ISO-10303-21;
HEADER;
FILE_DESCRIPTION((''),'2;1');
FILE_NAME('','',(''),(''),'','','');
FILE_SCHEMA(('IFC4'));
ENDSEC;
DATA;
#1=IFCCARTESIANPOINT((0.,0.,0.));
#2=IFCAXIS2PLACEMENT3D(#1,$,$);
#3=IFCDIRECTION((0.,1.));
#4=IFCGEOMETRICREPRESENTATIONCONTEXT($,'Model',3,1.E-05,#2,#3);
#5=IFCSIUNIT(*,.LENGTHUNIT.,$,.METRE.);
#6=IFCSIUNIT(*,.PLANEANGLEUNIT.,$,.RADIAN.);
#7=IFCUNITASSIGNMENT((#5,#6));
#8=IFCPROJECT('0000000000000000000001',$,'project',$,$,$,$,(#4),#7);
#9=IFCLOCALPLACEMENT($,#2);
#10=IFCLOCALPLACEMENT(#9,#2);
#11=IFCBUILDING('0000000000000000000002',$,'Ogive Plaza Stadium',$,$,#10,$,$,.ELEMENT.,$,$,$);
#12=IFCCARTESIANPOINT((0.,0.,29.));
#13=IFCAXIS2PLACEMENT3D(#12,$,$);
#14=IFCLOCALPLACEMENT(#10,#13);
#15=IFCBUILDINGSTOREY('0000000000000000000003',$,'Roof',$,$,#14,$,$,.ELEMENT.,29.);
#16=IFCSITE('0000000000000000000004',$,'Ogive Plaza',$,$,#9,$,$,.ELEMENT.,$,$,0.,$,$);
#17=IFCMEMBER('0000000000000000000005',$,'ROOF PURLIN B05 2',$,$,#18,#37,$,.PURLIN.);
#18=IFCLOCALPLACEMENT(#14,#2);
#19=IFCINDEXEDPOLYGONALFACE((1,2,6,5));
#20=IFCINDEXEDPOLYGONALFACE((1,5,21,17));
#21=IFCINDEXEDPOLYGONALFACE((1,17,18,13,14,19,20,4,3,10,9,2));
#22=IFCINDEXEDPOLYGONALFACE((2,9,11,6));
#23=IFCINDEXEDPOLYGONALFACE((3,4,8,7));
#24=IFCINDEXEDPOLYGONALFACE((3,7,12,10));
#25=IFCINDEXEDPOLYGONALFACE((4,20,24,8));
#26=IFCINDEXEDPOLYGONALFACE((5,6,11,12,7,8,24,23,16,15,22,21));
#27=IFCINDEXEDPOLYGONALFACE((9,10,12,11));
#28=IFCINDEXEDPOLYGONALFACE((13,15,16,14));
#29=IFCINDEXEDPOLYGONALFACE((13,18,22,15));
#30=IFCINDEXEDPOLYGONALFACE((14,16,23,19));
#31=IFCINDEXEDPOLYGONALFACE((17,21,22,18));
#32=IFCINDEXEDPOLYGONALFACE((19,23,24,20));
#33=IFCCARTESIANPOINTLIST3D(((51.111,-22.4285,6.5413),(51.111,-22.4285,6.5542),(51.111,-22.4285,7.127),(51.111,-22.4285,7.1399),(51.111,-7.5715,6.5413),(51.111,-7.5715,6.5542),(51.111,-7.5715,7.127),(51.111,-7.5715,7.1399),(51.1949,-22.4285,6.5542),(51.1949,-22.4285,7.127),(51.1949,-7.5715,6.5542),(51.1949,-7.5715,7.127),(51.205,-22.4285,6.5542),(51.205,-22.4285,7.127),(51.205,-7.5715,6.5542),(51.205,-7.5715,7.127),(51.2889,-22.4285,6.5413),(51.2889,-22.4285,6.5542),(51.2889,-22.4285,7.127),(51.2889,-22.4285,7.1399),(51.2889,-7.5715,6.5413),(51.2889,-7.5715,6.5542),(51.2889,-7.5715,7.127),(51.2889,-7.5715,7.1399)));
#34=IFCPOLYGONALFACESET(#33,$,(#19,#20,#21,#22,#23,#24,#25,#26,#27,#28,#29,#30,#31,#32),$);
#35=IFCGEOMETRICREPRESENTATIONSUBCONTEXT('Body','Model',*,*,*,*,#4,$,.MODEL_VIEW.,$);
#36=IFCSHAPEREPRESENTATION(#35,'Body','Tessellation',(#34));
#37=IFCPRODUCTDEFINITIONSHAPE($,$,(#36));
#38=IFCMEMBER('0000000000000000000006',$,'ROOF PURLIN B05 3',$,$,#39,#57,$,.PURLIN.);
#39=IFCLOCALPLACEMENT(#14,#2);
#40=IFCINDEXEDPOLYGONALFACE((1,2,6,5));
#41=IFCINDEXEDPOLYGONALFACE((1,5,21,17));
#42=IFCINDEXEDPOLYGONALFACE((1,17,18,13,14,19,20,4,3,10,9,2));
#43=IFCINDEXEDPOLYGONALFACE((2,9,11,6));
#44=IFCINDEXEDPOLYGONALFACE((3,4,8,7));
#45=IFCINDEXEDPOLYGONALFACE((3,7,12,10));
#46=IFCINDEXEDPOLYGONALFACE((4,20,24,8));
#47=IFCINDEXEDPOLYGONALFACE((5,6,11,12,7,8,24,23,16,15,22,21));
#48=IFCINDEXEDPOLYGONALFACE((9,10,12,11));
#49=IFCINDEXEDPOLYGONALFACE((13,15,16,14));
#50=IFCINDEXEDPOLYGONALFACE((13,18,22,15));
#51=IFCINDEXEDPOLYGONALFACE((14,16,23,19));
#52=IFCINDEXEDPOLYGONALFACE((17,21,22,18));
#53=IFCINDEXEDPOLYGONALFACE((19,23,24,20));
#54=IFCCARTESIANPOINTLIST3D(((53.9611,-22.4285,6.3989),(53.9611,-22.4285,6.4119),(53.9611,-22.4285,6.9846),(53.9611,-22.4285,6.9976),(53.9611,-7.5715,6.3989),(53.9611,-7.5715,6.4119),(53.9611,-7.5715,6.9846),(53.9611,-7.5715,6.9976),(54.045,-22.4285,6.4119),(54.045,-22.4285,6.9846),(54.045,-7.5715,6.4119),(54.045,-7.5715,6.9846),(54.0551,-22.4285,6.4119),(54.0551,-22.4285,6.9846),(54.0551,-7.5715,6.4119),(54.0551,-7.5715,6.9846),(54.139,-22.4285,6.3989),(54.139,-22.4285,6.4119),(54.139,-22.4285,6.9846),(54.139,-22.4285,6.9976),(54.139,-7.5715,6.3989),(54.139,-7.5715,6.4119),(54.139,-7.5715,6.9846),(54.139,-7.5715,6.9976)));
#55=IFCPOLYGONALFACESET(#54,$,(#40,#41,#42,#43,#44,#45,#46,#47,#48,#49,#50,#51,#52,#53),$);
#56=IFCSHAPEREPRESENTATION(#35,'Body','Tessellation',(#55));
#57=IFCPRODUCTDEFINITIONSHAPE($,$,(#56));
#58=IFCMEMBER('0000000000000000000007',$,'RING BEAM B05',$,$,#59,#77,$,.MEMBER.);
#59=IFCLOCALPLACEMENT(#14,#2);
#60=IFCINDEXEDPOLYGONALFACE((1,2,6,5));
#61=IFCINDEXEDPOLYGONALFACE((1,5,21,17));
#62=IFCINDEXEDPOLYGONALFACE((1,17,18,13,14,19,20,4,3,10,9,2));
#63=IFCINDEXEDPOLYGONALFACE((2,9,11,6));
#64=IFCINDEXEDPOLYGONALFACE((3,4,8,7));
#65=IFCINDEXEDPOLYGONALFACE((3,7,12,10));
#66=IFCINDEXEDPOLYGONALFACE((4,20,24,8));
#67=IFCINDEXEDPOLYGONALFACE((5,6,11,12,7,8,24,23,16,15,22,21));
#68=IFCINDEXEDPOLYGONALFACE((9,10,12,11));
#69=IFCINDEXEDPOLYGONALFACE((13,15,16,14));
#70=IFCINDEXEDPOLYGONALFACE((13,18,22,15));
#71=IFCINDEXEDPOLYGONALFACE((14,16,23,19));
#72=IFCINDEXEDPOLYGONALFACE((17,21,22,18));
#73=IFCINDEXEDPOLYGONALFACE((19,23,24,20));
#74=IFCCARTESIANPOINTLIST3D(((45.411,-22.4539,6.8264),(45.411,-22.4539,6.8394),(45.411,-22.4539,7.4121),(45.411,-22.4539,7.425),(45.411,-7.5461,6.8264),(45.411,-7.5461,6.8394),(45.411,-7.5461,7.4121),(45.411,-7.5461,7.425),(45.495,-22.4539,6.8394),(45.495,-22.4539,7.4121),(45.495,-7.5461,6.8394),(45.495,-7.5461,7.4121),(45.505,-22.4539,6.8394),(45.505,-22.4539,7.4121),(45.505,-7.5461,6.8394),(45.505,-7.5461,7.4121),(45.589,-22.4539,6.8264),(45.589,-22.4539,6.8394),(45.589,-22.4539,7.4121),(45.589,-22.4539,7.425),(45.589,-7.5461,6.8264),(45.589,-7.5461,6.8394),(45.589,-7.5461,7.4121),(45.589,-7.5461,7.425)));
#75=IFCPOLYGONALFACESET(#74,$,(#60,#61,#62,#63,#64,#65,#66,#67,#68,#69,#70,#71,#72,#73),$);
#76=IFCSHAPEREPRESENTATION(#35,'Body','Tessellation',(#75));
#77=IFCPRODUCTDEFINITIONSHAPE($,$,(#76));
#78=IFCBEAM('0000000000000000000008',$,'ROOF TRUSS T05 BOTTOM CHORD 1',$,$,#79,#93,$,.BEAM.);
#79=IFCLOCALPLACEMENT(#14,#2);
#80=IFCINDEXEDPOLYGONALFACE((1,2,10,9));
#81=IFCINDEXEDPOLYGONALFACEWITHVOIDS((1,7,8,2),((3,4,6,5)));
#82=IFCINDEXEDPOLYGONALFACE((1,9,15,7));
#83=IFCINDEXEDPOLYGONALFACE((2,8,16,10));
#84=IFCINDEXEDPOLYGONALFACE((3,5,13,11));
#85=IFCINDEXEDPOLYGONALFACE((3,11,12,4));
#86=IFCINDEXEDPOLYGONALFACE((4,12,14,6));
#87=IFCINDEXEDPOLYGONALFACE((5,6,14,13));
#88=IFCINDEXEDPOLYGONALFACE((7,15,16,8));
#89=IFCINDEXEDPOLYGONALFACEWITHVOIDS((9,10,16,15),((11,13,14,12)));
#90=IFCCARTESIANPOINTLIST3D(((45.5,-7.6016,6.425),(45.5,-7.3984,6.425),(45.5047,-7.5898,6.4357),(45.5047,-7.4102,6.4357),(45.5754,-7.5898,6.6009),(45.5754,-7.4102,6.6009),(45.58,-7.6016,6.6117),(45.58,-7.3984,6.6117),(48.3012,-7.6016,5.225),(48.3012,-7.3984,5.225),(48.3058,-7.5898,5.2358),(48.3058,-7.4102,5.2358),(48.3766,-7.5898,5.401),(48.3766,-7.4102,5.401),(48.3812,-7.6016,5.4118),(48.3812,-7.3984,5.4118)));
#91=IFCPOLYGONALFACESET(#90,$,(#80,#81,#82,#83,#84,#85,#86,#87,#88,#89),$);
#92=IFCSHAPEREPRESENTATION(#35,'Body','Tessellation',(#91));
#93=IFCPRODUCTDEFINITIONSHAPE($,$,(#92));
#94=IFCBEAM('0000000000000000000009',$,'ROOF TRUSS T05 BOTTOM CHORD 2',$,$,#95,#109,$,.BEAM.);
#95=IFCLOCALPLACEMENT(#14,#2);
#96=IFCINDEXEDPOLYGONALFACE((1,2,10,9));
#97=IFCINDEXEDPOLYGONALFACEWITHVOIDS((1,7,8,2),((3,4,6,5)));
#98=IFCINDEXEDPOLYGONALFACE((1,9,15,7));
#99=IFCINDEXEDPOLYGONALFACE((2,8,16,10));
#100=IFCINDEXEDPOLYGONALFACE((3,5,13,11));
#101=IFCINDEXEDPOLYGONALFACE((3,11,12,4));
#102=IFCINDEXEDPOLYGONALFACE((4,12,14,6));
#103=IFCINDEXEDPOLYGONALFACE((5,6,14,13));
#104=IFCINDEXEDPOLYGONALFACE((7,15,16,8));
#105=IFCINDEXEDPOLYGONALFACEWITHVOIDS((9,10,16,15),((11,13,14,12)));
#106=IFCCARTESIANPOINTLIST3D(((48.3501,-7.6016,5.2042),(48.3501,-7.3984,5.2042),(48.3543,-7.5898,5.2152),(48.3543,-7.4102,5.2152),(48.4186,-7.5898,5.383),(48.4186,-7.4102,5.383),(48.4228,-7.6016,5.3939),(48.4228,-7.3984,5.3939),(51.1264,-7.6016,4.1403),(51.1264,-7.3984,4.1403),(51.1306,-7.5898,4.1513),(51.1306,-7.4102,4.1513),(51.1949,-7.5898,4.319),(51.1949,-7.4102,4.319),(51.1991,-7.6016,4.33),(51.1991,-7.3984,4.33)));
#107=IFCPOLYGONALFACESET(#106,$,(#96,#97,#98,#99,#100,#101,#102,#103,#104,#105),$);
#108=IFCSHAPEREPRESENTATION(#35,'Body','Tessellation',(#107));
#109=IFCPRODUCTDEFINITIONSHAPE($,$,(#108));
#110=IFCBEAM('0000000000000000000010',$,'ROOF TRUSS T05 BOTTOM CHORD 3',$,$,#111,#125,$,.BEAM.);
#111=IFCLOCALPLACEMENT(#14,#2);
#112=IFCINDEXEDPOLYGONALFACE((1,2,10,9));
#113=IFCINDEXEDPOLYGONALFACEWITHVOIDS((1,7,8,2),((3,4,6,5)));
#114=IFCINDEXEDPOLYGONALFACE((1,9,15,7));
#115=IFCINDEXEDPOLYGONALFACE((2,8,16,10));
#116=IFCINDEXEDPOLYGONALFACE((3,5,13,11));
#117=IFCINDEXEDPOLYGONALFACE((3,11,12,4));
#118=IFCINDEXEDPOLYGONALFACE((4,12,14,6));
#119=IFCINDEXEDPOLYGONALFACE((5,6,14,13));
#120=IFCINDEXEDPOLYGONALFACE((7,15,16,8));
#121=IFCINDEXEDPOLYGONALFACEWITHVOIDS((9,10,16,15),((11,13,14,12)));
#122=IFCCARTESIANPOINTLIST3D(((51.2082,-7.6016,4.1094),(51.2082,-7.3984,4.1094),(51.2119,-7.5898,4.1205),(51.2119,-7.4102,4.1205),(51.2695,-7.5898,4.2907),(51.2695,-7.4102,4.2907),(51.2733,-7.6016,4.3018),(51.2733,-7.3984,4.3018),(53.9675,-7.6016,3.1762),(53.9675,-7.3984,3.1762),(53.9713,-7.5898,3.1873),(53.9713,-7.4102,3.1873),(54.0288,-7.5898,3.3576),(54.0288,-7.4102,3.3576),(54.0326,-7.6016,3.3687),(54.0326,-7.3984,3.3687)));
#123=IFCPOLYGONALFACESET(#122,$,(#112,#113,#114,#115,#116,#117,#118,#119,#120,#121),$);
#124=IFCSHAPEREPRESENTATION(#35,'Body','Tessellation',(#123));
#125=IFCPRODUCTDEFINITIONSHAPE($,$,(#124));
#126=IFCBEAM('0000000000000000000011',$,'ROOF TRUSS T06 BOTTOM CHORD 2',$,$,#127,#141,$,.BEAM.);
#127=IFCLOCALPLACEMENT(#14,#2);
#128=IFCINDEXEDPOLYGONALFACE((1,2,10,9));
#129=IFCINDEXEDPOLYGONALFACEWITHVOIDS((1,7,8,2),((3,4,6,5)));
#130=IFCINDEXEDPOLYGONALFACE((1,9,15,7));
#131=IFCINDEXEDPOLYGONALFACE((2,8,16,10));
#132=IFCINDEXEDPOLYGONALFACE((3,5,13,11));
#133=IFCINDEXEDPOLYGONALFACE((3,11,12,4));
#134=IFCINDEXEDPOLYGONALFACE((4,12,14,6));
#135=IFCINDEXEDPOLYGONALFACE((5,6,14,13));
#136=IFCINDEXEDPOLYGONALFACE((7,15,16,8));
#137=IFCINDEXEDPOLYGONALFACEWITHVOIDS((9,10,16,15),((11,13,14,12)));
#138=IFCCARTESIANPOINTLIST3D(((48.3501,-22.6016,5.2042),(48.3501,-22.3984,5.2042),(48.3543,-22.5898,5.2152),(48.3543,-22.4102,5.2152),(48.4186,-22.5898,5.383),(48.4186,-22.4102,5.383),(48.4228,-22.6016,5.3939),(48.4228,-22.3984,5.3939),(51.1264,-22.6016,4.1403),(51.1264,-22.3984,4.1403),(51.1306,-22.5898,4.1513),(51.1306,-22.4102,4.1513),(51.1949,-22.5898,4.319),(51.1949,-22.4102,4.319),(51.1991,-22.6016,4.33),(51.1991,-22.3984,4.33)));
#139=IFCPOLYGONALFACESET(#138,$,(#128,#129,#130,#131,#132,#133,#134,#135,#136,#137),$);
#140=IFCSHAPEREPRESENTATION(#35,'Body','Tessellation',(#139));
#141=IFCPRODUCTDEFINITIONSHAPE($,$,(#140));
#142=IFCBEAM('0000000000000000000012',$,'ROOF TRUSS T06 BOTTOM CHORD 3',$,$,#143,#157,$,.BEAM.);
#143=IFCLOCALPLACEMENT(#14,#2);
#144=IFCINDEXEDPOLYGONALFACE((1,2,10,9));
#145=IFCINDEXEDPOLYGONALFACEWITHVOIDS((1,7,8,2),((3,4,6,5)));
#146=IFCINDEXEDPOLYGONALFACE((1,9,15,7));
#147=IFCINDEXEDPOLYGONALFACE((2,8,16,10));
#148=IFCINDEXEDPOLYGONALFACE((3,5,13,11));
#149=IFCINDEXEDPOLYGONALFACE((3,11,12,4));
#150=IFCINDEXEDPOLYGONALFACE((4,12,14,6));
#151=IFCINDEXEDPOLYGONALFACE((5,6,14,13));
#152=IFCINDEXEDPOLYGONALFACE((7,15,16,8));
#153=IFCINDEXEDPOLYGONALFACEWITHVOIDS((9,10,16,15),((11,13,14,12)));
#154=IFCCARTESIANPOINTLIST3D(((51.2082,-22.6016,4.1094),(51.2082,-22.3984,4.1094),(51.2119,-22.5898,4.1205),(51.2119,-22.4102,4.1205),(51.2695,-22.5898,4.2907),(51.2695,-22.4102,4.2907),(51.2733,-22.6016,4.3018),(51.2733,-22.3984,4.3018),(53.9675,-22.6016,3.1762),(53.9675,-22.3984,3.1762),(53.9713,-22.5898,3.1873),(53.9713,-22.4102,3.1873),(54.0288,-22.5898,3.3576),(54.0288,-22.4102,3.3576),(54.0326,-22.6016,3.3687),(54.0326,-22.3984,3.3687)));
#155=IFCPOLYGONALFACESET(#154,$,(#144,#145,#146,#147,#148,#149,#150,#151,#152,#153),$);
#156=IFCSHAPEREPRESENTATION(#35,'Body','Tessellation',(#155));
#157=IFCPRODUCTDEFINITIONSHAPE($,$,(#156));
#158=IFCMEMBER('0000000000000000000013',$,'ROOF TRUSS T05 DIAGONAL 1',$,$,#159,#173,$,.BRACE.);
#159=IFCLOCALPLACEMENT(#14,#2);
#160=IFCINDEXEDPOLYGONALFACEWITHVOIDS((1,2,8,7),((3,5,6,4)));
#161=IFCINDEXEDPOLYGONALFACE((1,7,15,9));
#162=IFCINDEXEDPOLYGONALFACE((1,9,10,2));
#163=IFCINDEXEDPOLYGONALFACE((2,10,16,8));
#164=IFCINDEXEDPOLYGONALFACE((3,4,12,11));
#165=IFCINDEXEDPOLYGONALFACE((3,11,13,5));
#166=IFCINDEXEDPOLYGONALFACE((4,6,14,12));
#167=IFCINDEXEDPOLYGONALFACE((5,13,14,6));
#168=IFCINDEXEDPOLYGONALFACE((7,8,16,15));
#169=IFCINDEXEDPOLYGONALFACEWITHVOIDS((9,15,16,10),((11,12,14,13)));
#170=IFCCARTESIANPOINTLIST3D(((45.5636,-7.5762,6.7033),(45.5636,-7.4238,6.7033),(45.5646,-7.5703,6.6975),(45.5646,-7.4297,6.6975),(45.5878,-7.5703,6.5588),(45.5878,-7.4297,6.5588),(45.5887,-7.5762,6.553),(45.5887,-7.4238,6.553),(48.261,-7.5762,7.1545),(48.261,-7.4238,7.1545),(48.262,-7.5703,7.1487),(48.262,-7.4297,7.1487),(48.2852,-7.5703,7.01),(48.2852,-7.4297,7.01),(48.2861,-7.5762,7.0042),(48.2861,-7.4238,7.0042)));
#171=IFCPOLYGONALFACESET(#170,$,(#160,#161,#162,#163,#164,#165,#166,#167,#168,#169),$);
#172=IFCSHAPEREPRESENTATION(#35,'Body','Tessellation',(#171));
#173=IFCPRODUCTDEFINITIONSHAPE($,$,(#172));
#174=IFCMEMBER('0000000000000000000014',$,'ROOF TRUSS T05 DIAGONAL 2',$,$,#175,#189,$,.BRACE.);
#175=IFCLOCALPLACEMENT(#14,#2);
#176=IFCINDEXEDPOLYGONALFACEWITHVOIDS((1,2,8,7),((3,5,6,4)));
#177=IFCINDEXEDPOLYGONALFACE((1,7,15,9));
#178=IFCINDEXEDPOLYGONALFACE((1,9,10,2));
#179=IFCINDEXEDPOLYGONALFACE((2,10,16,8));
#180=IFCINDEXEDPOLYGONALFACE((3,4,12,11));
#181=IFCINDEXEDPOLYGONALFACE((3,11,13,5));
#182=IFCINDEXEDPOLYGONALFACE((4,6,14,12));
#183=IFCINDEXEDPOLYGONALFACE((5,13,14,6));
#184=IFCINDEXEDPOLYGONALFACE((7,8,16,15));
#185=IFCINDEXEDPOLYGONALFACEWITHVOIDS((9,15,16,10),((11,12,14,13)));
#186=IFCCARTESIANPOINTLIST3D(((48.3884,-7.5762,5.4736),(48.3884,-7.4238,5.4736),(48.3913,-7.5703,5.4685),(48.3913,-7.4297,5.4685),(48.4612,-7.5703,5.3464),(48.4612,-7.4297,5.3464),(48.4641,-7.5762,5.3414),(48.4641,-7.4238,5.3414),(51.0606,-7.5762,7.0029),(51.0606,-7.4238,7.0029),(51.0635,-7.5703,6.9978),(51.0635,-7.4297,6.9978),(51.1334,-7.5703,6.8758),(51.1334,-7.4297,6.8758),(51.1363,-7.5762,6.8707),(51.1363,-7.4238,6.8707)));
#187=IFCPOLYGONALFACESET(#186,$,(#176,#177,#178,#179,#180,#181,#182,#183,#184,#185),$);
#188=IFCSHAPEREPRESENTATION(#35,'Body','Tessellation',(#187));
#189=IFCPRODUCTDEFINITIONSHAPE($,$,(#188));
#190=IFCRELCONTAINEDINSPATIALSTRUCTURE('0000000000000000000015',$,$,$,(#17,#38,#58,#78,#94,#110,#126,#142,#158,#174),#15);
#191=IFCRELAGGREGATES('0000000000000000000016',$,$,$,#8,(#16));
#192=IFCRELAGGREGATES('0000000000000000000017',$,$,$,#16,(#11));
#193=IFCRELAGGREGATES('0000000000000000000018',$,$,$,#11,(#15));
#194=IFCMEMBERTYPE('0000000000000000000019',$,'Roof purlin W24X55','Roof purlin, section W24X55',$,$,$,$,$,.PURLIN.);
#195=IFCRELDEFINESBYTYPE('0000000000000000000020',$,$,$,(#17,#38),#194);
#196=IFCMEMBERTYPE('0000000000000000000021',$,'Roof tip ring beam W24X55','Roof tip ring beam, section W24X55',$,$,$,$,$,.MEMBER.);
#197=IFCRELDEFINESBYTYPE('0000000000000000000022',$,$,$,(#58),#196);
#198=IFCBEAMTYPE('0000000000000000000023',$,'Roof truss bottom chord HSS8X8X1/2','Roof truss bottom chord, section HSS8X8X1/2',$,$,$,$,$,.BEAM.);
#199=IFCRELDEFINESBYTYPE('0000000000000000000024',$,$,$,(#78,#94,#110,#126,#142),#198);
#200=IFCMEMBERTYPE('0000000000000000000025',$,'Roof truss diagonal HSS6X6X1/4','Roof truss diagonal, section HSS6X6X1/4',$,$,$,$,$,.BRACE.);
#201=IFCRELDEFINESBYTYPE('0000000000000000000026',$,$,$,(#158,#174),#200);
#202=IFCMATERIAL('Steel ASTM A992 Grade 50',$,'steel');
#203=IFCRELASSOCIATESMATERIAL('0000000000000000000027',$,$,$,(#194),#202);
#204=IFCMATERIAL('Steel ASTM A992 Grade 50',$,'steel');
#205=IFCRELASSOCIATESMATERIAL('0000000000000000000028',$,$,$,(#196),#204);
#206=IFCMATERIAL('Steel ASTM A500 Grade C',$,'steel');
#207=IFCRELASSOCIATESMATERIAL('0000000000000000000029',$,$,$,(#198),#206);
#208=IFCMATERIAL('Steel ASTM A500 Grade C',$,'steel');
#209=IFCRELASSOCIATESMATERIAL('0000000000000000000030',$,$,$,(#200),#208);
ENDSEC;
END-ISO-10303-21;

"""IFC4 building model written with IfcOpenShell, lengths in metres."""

from ifc_helpers import new_model, si_unit, direction, frame, origin, origin_2d, place, context, subcontext, project, spatial, hollow_rectangle, i_section, extrude, material, material_profile, profile_set, type_object, element, save


model = new_model("IFC4")

# Units and contexts
model_context = context("Model", 3, precision=1e-05, world=origin(), true_north=direction((0.0, 1.0)))
body_context = subcontext(model_context, "Body", "Model", "MODEL_VIEW")
ifc_project = project(units=[si_unit("LENGTHUNIT", "METRE"), si_unit("PLANEANGLEUNIT", "RADIAN")], contexts=[model_context])

# Site, building, storey
site_placement = place(None, origin())
site = spatial("IfcSite", under=ifc_project, at=site_placement, Name="Ogive Plaza", CompositionType="ELEMENT", RefElevation=0.0)
building_placement = place(site_placement, origin())
building = spatial("IfcBuilding", under=site, at=building_placement, Name="Ogive Plaza Stadium", CompositionType="ELEMENT")
storey_placement = place(building_placement, frame((0.0, 0.0, 29.0)))
storey = spatial("IfcBuildingStorey", under=building, at=storey_placement, Name="Roof", CompositionType="ELEMENT", Elevation=29.0)

# Members
ifc_material_1 = material(Name="Steel ASTM A992 Grade 50", Category="steel")
ifc_material_profile_1 = material_profile(ifc_material_1, i_section(OverallWidth=0.178, OverallDepth=0.5986, WebThickness=0.01, FlangeThickness=0.0129, at=origin_2d()), Name="W24X55")
ifc_profile_set_1 = profile_set([ifc_material_profile_1], Name="Steel ASTM A992 Grade 50")
member_type_1 = type_object("IfcMemberType", Name="Roof purlin W24X55", Description="Roof purlin, section W24X55", PredefinedType="PURLIN", material=ifc_profile_set_1)
for number, where, z_axis, x_axis, name in (
    (1, (51.2, -7.5715, 6.8406), (0.0, -1.0, 0.0), (1.0, 0.0, 0.0), "ROOF PURLIN B05 2"),
    (2, (54.05, -7.5715, 6.6982), (0.0, -1.0, 0.0), (1.0, 0.0, 0.0), "ROOF PURLIN B05 3"),
):
    element("IfcMember", number, at=place(storey_placement, frame(where, z_axis=z_axis, x_axis=x_axis)), inside=storey, type_object=member_type_1, Name=name, PredefinedType="PURLIN", context=body_context, shape_type="SweptSolid", body=[
        extrude(i_section(OverallWidth=0.178, OverallDepth=0.5986, WebThickness=0.01, FlangeThickness=0.0129, at=origin_2d()), origin(), (0.0, 0.0, 1.0), 14.8569),
    ])
ifc_material_2 = material(Name="Steel ASTM A992 Grade 50", Category="steel")
ifc_material_profile_2 = material_profile(ifc_material_2, i_section(OverallWidth=0.178, OverallDepth=0.5986, WebThickness=0.01, FlangeThickness=0.0129, at=origin_2d()), Name="W24X55")
ifc_profile_set_2 = profile_set([ifc_material_profile_2], Name="Steel ASTM A992 Grade 50")
member_type_2 = type_object("IfcMemberType", Name="Roof tip ring beam W24X55", Description="Roof tip ring beam, section W24X55", PredefinedType="MEMBER", material=ifc_profile_set_2)
member_1_placement = place(storey_placement, frame((45.5, -7.5461, 7.1257), z_axis=(0.0, -1.0, 0.0), x_axis=(1.0, 0.0, 0.0)))
element("IfcMember", 3, at=member_1_placement, inside=storey, type_object=member_type_2, Name="RING BEAM B05", PredefinedType="MEMBER", context=body_context, shape_type="SweptSolid", body=[
    extrude(i_section(OverallWidth=0.178, OverallDepth=0.5986, WebThickness=0.01, FlangeThickness=0.0129, at=origin_2d()), origin(), (0.0, 0.0, 1.0), 14.9077),
])

# Beams
ifc_material_3 = material(Name="Steel ASTM A500 Grade C", Category="steel")
ifc_material_profile_3 = material_profile(ifc_material_3, hollow_rectangle(XDim=0.2031, YDim=0.2031, WallThickness=0.0117, at=origin_2d()), Name="HSS8X8X1/2")
ifc_profile_set_3 = profile_set([ifc_material_profile_3], Name="Steel ASTM A500 Grade C")
beam_type_1 = type_object("IfcBeamType", Name="Roof truss bottom chord HSS8X8X1/2", Description="Roof truss bottom chord, section HSS8X8X1/2", PredefinedType="BEAM", material=ifc_profile_set_3)
beam_1_placement = place(storey_placement, frame((45.54, -7.5, 6.5183), z_axis=(0.919215, 0.0, -0.393755), x_axis=(0.0, 1.0, 0.0)))
element("IfcBeam", 4, at=beam_1_placement, inside=storey, type_object=beam_type_1, Name="ROOF TRUSS T05 BOTTOM CHORD 1", PredefinedType="BEAM", context=body_context, shape_type="SweptSolid", body=[
    extrude(hollow_rectangle(XDim=0.2031, YDim=0.2031, WallThickness=0.0117, at=origin_2d()), origin(), (0.0, 0.0, 1.0), 3.0474),
])
beam_2_placement = place(storey_placement, frame((48.3865, -7.5, 5.2991), z_axis=(0.933781, 0.0, -0.357845), x_axis=(0.0, 1.0, 0.0)))
element("IfcBeam", 5, at=beam_2_placement, inside=storey, type_object=beam_type_1, Name="ROOF TRUSS T05 BOTTOM CHORD 2", PredefinedType="BEAM", context=body_context, shape_type="SweptSolid", body=[
    extrude(hollow_rectangle(XDim=0.2031, YDim=0.2031, WallThickness=0.0117, at=origin_2d()), origin(), (0.0, 0.0, 1.0), 2.9731),
])
beam_3_placement = place(storey_placement, frame((51.2407, -7.5, 4.2056), z_axis=(0.9473, 0.0, -0.320349), x_axis=(0.0, 1.0, 0.0)))
element("IfcBeam", 6, at=beam_3_placement, inside=storey, type_object=beam_type_1, Name="ROOF TRUSS T05 BOTTOM CHORD 3", PredefinedType="BEAM", context=body_context, shape_type="SweptSolid", body=[
    extrude(hollow_rectangle(XDim=0.2031, YDim=0.2031, WallThickness=0.0117, at=origin_2d()), origin(), (0.0, 0.0, 1.0), 2.9128),
])
beam_4_placement = place(storey_placement, frame((48.3865, -22.5, 5.2991), z_axis=(0.933781, 0.0, -0.357845), x_axis=(0.0, 1.0, 0.0)))
element("IfcBeam", 7, at=beam_4_placement, inside=storey, type_object=beam_type_1, Name="ROOF TRUSS T06 BOTTOM CHORD 2", PredefinedType="BEAM", context=body_context, shape_type="SweptSolid", body=[
    extrude(hollow_rectangle(XDim=0.2031, YDim=0.2031, WallThickness=0.0117, at=origin_2d()), origin(), (0.0, 0.0, 1.0), 2.9731),
])
beam_5_placement = place(storey_placement, frame((51.2407, -22.5, 4.2056), z_axis=(0.9473, 0.0, -0.320349), x_axis=(0.0, 1.0, 0.0)))
element("IfcBeam", 8, at=beam_5_placement, inside=storey, type_object=beam_type_1, Name="ROOF TRUSS T06 BOTTOM CHORD 3", PredefinedType="BEAM", context=body_context, shape_type="SweptSolid", body=[
    extrude(hollow_rectangle(XDim=0.2031, YDim=0.2031, WallThickness=0.0117, at=origin_2d()), origin(), (0.0, 0.0, 1.0), 2.9128),
])

# Members
ifc_material_4 = material(Name="Steel ASTM A500 Grade C", Category="steel")
ifc_material_profile_4 = material_profile(ifc_material_4, hollow_rectangle(XDim=0.1523, YDim=0.1523, WallThickness=0.0059, at=origin_2d()), Name="HSS6X6X1/4")
ifc_profile_set_4 = profile_set([ifc_material_profile_4], Name="Steel ASTM A500 Grade C")
member_type_3 = type_object("IfcMemberType", Name="Roof truss diagonal HSS6X6X1/4", Description="Roof truss diagonal, section HSS6X6X1/4", PredefinedType="BRACE", material=ifc_profile_set_4)
member_2_placement = place(storey_placement, frame((45.5762, -7.5, 6.6282), z_axis=(0.9863, 0.0, 0.164964), x_axis=(0.0, 1.0, 0.0)))
element("IfcMember", 9, at=member_2_placement, inside=storey, type_object=member_type_3, Name="ROOF TRUSS T05 DIAGONAL 1", PredefinedType="BRACE", context=body_context, shape_type="SweptSolid", body=[
    extrude(hollow_rectangle(XDim=0.1523, YDim=0.1523, WallThickness=0.0059, at=origin_2d()), origin(), (0.0, 0.0, 1.0), 2.7349),
])
member_3_placement = place(storey_placement, frame((48.4263, -7.5, 5.4075), z_axis=(0.867911, 0.0, 0.49672), x_axis=(0.0, 1.0, 0.0)))
element("IfcMember", 10, at=member_3_placement, inside=storey, type_object=member_type_3, Name="ROOF TRUSS T05 DIAGONAL 2", PredefinedType="BRACE", context=body_context, shape_type="SweptSolid", body=[
    extrude(hollow_rectangle(XDim=0.1523, YDim=0.1523, WallThickness=0.0059, at=origin_2d()), origin(), (0.0, 0.0, 1.0), 3.0789),
])

save(model, "model.ifc")
